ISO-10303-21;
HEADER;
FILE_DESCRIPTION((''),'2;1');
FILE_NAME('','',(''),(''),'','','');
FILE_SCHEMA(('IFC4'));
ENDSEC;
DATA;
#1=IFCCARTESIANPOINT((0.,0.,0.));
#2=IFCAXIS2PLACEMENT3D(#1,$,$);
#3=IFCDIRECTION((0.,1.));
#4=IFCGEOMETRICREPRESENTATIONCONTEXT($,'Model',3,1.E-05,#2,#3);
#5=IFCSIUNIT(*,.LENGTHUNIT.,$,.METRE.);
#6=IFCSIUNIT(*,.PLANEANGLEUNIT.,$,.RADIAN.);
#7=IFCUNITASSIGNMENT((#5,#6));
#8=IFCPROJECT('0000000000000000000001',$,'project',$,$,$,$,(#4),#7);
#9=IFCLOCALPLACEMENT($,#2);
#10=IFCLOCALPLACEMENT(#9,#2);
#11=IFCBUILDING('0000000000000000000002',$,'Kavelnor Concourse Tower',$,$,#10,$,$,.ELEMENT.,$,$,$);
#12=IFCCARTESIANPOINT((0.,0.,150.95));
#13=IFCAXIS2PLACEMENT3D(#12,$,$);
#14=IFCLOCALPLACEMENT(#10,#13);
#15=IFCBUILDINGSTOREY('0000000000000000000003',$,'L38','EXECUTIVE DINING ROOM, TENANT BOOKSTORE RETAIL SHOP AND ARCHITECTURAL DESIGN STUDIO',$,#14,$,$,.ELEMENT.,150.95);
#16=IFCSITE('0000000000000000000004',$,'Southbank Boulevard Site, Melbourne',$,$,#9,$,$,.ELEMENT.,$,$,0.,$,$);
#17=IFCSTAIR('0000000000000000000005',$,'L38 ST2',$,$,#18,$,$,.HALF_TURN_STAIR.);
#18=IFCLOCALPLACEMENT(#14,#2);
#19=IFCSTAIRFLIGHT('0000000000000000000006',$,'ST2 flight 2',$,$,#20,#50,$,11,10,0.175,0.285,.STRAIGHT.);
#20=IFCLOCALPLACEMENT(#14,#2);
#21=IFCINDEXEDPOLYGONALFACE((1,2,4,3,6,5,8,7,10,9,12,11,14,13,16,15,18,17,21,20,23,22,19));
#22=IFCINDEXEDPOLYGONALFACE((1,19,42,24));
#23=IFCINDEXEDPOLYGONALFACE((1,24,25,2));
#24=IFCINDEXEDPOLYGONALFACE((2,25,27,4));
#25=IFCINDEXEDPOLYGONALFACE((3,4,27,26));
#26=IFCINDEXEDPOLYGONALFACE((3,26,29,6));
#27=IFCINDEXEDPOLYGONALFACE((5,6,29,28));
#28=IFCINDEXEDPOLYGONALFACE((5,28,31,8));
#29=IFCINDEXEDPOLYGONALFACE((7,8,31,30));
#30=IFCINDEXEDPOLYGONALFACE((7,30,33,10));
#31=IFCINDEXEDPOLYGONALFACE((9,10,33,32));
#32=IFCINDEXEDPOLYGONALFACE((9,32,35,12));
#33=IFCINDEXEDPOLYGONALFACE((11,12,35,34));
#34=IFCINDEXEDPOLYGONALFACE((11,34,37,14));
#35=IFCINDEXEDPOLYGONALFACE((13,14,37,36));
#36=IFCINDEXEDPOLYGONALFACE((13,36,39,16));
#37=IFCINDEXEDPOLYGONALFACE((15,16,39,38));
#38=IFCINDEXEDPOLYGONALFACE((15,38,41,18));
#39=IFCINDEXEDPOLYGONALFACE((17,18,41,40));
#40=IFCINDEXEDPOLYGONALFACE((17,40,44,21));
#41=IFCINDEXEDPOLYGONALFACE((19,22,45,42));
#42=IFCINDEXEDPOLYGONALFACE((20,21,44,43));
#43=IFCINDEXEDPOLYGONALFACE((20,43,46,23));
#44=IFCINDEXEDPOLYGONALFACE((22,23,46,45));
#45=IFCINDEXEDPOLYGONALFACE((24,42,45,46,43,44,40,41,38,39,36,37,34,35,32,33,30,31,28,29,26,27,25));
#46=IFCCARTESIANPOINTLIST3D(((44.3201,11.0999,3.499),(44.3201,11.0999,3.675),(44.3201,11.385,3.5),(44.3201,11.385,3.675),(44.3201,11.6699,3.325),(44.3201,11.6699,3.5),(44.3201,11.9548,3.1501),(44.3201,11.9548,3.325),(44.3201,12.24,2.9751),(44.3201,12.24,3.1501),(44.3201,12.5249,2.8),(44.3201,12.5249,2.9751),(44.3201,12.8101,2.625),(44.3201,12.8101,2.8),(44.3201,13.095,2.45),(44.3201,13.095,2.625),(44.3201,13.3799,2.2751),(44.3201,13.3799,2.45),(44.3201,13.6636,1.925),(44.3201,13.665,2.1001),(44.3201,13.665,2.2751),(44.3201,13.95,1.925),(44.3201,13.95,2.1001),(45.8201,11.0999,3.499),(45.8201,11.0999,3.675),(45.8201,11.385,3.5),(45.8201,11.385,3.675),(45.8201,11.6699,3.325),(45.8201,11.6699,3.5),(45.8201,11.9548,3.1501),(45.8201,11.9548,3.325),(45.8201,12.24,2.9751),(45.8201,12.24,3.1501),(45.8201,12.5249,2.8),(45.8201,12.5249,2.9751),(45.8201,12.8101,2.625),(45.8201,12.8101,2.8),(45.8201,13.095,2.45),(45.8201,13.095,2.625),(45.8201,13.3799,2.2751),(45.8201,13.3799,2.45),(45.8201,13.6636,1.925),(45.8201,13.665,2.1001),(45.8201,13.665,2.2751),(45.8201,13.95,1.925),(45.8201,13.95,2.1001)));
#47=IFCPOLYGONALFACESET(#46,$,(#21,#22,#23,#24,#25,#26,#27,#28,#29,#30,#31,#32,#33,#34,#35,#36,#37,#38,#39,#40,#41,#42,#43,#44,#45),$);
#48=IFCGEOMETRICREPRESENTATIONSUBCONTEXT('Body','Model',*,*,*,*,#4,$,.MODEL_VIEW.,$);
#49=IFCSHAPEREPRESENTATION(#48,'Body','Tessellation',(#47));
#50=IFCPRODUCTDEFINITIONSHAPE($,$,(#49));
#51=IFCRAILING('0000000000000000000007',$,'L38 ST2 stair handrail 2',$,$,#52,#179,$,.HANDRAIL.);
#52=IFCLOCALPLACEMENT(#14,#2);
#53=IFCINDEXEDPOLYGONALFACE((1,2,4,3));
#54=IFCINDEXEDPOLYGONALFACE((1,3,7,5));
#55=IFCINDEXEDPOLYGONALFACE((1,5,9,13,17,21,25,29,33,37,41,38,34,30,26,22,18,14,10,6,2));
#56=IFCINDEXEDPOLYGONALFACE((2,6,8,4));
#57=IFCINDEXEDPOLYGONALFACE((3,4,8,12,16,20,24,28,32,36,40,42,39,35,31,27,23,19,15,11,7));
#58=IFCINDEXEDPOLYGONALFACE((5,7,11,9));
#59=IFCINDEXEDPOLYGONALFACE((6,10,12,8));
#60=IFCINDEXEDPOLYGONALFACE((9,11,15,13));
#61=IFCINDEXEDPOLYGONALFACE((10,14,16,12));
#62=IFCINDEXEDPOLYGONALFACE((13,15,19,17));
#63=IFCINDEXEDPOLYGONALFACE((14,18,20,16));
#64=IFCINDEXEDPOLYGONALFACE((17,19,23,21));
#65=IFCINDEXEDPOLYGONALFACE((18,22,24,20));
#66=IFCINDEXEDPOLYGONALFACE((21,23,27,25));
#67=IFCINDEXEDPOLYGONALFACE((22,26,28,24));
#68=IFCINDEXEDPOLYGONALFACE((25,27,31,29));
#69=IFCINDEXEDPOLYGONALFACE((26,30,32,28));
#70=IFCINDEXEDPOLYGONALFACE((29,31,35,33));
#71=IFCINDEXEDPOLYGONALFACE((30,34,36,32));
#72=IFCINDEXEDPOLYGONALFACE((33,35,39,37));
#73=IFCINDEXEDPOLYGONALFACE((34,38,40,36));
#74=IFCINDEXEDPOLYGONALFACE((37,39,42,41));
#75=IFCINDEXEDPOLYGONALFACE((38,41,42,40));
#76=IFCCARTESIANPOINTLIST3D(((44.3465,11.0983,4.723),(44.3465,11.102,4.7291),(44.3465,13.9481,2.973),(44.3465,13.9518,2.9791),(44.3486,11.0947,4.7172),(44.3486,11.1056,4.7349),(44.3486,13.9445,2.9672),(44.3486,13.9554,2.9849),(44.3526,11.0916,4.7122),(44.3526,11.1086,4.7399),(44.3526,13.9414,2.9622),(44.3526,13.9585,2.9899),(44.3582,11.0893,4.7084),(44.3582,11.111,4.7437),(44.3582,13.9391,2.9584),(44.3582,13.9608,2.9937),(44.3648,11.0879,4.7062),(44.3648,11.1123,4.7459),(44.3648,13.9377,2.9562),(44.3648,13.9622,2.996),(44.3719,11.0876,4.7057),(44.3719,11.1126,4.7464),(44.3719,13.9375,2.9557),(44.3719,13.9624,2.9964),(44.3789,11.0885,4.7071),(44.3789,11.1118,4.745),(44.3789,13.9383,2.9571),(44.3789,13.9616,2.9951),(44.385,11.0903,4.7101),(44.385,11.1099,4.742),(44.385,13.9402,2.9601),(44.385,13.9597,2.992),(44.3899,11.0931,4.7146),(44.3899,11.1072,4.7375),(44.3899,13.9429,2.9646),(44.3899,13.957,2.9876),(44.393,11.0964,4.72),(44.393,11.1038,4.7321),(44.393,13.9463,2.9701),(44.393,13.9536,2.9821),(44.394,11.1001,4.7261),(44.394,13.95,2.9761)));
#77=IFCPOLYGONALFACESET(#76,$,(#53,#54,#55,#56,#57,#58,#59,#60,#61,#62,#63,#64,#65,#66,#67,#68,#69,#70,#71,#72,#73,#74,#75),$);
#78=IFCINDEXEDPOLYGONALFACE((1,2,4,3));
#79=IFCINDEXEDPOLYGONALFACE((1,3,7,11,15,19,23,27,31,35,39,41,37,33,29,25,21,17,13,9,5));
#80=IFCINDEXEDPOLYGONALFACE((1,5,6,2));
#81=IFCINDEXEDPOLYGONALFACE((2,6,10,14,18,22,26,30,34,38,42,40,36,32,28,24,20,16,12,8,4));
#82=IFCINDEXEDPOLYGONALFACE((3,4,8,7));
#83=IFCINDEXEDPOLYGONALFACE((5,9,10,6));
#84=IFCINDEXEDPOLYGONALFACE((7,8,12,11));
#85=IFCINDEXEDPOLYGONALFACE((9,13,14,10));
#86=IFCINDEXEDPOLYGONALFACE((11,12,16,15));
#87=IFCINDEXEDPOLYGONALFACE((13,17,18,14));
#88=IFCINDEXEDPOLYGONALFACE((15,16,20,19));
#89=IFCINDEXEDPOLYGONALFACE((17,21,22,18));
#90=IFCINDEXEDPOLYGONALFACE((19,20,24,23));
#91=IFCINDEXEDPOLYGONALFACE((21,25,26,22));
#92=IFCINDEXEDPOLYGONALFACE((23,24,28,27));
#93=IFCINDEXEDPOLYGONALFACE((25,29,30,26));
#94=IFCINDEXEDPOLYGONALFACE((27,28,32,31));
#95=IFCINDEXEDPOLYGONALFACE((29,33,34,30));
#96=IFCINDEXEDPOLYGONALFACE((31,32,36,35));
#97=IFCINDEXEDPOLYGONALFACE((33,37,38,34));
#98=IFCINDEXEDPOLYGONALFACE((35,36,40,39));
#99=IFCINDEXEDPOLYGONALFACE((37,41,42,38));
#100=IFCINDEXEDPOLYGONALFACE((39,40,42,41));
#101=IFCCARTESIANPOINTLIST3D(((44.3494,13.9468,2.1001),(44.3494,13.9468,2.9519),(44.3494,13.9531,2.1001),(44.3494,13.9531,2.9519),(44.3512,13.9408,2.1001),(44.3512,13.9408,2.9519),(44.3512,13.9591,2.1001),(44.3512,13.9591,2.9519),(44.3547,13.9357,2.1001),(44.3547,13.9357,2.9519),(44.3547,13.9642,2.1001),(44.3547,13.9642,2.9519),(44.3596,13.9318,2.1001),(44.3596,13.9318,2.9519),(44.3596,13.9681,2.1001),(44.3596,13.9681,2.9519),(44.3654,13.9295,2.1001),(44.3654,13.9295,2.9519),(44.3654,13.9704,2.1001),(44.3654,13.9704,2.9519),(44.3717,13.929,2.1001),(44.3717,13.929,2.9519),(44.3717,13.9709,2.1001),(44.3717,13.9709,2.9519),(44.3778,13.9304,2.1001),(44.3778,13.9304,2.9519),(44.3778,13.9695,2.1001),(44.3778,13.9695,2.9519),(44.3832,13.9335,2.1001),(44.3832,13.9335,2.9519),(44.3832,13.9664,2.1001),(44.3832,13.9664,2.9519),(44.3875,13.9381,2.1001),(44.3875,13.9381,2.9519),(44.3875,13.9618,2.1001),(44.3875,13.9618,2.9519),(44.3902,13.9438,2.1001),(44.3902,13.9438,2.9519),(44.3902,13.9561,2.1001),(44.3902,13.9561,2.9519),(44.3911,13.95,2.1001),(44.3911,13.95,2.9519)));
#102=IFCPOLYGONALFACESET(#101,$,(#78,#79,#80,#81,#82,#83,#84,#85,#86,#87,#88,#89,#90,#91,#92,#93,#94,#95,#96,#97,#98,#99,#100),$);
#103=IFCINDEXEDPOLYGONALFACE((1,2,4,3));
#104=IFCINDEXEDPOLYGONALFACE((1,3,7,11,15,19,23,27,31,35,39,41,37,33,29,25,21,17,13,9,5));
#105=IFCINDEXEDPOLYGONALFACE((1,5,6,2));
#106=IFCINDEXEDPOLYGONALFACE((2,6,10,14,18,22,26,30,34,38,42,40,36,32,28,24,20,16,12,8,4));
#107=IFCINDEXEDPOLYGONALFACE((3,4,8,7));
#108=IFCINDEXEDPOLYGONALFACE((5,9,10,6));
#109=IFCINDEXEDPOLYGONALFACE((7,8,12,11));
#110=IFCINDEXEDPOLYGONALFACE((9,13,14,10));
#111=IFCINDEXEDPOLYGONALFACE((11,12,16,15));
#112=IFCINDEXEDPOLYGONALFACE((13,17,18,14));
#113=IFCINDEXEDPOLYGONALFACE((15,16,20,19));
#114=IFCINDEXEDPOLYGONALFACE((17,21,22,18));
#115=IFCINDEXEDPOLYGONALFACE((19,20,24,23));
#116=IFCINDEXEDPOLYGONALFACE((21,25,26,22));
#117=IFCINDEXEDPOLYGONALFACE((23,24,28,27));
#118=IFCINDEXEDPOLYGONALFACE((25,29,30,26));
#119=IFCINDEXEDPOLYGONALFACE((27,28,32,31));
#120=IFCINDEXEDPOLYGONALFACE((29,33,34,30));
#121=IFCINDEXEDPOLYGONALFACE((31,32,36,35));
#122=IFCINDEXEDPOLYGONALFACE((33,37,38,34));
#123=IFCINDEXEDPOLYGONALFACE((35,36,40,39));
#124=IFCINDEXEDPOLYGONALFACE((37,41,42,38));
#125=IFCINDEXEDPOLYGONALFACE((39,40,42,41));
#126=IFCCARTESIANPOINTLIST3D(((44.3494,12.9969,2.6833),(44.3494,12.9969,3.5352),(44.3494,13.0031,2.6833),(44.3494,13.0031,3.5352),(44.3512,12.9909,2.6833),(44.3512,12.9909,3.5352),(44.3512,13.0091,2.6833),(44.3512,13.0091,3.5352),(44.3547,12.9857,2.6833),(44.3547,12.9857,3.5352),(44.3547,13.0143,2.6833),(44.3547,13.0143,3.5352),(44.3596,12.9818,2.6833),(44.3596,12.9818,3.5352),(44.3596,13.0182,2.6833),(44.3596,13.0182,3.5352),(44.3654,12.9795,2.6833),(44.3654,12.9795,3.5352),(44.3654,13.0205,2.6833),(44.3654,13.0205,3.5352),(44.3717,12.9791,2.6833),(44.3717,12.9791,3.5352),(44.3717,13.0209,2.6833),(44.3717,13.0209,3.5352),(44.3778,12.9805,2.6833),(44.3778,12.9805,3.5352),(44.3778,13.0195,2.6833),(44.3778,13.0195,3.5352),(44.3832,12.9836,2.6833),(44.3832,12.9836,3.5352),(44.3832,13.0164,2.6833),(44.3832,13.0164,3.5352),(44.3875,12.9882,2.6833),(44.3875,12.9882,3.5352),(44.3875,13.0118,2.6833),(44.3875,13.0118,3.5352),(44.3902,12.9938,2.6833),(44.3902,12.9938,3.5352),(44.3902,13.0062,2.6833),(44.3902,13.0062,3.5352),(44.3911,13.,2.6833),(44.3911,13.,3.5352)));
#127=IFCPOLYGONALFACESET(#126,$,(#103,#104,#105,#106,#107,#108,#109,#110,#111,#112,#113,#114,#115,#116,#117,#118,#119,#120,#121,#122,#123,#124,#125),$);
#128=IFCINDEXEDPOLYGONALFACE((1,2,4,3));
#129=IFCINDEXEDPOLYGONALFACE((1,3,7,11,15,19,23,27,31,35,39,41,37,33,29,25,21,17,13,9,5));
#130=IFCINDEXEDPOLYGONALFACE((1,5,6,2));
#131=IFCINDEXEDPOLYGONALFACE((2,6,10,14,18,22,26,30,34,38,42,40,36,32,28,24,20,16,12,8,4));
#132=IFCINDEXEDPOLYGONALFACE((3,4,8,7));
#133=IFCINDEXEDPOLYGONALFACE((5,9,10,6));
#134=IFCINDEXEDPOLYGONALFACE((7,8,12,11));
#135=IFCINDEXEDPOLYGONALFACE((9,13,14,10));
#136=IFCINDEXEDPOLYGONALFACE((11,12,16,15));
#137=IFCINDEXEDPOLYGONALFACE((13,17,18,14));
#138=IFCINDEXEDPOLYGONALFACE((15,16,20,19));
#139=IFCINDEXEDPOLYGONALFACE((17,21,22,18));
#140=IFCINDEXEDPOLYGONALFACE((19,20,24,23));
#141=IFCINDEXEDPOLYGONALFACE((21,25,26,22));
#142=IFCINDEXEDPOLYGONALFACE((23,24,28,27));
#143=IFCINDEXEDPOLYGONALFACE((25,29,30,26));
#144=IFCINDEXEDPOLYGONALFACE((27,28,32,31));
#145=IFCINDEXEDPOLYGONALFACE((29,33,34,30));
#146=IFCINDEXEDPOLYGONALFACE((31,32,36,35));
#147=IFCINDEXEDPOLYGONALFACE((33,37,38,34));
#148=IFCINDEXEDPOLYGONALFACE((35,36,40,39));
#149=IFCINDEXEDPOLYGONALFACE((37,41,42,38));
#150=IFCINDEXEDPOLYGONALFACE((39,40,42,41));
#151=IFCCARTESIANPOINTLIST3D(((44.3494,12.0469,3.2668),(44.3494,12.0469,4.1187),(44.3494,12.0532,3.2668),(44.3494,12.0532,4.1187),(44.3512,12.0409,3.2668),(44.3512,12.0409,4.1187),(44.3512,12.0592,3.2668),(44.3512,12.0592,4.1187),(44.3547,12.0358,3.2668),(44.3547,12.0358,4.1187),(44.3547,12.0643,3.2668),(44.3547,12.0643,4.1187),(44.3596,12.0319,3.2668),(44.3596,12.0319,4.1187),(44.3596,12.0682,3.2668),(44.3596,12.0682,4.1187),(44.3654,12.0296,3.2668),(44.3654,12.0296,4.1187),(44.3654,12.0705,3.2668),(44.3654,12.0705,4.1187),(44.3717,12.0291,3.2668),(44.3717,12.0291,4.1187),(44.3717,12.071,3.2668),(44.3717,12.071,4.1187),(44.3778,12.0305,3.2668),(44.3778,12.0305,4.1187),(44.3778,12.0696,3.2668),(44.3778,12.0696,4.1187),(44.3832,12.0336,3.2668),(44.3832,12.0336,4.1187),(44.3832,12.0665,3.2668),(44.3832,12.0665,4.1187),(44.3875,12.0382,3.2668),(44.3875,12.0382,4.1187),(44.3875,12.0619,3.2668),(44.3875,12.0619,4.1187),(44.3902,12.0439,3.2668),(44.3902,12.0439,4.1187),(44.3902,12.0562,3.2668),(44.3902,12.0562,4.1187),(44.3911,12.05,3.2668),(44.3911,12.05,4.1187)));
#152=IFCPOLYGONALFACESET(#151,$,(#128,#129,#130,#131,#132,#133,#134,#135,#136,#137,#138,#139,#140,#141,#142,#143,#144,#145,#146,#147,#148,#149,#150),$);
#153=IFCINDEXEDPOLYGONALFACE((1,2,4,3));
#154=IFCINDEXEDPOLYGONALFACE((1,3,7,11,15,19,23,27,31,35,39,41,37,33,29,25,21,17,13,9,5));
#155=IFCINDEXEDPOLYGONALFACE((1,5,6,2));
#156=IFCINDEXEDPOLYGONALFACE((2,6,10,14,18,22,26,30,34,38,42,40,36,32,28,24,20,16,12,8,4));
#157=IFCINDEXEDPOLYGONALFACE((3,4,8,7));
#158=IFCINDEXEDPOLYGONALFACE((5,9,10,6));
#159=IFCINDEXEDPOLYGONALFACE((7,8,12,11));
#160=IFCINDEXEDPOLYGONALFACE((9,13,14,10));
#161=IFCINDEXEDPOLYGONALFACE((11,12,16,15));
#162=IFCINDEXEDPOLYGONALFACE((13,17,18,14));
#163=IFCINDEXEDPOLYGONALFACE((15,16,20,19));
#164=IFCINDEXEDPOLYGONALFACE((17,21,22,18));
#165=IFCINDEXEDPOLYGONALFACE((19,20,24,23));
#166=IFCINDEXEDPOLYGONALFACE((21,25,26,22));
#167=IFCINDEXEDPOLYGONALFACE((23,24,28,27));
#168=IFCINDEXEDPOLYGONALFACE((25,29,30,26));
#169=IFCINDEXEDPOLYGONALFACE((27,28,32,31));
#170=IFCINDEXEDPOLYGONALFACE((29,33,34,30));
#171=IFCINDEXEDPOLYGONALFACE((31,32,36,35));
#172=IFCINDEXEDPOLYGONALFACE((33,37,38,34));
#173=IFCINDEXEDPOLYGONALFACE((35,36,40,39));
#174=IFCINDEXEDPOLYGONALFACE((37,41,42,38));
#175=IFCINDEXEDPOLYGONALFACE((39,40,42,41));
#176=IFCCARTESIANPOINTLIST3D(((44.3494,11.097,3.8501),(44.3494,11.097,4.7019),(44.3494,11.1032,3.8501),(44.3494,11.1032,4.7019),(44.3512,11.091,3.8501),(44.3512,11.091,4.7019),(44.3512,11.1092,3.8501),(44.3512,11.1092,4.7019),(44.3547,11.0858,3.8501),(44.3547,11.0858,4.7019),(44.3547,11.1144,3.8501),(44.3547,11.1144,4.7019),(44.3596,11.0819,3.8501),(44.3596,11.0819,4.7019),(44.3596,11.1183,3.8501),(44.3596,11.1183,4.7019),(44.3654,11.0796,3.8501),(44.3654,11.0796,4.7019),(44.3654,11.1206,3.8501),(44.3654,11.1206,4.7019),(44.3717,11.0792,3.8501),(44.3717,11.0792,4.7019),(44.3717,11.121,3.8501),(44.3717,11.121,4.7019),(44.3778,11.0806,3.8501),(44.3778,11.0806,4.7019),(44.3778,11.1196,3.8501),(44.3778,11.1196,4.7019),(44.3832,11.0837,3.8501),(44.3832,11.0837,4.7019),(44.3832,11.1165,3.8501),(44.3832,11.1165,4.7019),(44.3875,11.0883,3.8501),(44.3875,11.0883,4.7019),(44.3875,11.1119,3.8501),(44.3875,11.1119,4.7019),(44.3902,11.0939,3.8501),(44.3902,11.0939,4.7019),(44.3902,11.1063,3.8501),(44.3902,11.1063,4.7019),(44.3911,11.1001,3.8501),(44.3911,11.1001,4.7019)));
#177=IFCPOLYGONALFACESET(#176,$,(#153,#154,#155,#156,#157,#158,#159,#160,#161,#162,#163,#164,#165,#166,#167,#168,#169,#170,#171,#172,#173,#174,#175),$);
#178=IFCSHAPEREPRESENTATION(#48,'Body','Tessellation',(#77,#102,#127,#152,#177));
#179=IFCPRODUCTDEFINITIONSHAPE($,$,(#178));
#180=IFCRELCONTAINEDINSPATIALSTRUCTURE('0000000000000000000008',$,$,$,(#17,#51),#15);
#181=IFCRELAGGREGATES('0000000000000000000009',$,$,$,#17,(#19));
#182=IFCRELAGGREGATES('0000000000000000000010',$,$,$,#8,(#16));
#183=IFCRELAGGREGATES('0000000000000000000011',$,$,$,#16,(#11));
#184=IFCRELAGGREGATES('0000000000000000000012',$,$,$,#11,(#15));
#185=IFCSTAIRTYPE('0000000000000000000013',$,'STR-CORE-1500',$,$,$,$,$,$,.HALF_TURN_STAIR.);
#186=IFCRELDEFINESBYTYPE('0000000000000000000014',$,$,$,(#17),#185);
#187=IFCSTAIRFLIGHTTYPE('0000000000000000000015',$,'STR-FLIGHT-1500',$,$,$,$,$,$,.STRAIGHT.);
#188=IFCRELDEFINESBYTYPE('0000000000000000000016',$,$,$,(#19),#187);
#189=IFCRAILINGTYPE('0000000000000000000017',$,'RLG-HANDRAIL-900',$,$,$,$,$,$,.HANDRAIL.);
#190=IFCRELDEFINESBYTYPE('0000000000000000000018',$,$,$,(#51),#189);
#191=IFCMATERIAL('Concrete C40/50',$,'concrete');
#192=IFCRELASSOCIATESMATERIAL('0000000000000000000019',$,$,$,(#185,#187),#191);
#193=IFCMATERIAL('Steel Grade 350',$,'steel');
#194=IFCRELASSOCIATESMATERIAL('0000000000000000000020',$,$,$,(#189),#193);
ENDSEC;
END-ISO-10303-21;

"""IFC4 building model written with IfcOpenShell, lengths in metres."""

from ifc_helpers import new_model, si_unit, direction, frame, origin, origin_2d, place, context, subcontext, project, spatial, polyline, circle, outline, extrude, material, type_object, element, aggregate, save


model = new_model("IFC4")

# Units and contexts
model_context = context("Model", 3, precision=1e-05, world=origin(), true_north=direction((0.0, 1.0)))
body_context = subcontext(model_context, "Body", "Model", "MODEL_VIEW")
ifc_project = project(units=[si_unit("LENGTHUNIT", "METRE"), si_unit("PLANEANGLEUNIT", "RADIAN")], contexts=[model_context])

# Site, building, storey
site_placement = place(None, origin())
site = spatial("IfcSite", under=ifc_project, at=site_placement, Name="Southbank Boulevard Site, Melbourne", CompositionType="ELEMENT", RefElevation=0.0)
building_placement = place(site_placement, origin())
building = spatial("IfcBuilding", under=site, at=building_placement, Name="Kavelnor Concourse Tower", CompositionType="ELEMENT")
storey_placement = place(building_placement, frame((0.0, 0.0, 150.95)))
storey = spatial("IfcBuildingStorey", under=building, at=storey_placement, Name="L38", Description="EXECUTIVE DINING ROOM, TENANT BOOKSTORE RETAIL SHOP AND ARCHITECTURAL DESIGN STUDIO", CompositionType="ELEMENT", Elevation=150.95)

# Shared definitions
ifc_material_1 = material(Name="Steel Grade 350", Category="steel")

# Stair, stair flight
ifc_material_2 = material(Name="Concrete C40/50", Category="concrete")
stair_type = type_object("IfcStairType", Name="STR-CORE-1500", PredefinedType="HALF_TURN_STAIR", material=ifc_material_2)
stair_placement = place(storey_placement, origin())
stair = element("IfcStair", 1, at=stair_placement, inside=storey, type_object=stair_type, Name="L38 ST2", PredefinedType="HALF_TURN_STAIR")
stair_flight_type = type_object("IfcStairFlightType", Name="STR-FLIGHT-1500", PredefinedType="STRAIGHT", material=ifc_material_2)
stair_flight_placement = place(storey_placement, frame((45.0701, 13.95, 1.925), z_axis=(0.0, 0.0, 1.0), x_axis=(0.0, -1.0, 0.0)))
stair_flight = element("IfcStairFlight", 2, at=stair_flight_placement, type_object=stair_flight_type, Name="ST2 flight 2", NumberOfRisers=11, NumberOfTreads=10, PredefinedType="STRAIGHT", RiserHeight=0.175, TreadLength=0.285, context=body_context, shape_type="SweptSolid", body=[
    extrude(outline(polyline([(0.0, 0.0), (0.0, 0.175), (0.2849, 0.175), (0.2849, 0.3501), (0.5701, 0.3501), (0.5701, 0.5249), (0.855, 0.5249), (0.855, 0.7), (1.1399, 0.7), (1.1399, 0.875), (1.425, 0.875), (1.425, 1.05), (1.71, 1.05), (1.71, 1.2251), (1.9951, 1.2251), (1.9951, 1.3999), (2.28, 1.3999), (2.28, 1.575), (2.5649, 1.575), (2.5649, 1.75), (2.8501, 1.75), (2.8501, 1.925), (2.8501, 1.574), (0.2864, 0.0), (0.0, 0.0)])), frame((0.0, 0.75, 0.0), z_axis=(0.0, -1.0, 0.0), x_axis=(1.0, 0.0, 0.0)), (0.0, 0.0, 1.0), 1.5),
])
aggregate(stair, [stair_flight])

# Railing
railing_type = type_object("IfcRailingType", Name="RLG-HANDRAIL-900", PredefinedType="HANDRAIL", material=ifc_material_1)
railing_placement = place(storey_placement, frame((44.3701, 13.95, 2.1001)))
element("IfcRailing", 3, at=railing_placement, inside=storey, type_object=railing_type, Name="L38 ST2 stair handrail 2", PredefinedType="HANDRAIL", context=body_context, shape_type="SweptSolid", body=[
    extrude(circle(Radius=0.0239, at=origin_2d()), frame((0.0, 0.0, 0.876), z_axis=(0.0, -0.852159, 0.523283), x_axis=(1.0, 0.0, 0.0)), (0.0, 0.0, 1.0), 3.3442),
    extrude(circle(Radius=0.021, at=origin_2d()), origin(), (0.0, 0.0, 1.0), 0.8518),
    extrude(circle(Radius=0.021, at=origin_2d()), frame((0.0, -0.95, 0.5833)), (0.0, 0.0, 1.0), 0.8518),
    extrude(circle(Radius=0.021, at=origin_2d()), frame((0.0, -1.8999, 1.1667)), (0.0, 0.0, 1.0), 0.8518),
    extrude(circle(Radius=0.021, at=origin_2d()), frame((0.0, -2.8499, 1.75)), (0.0, 0.0, 1.0), 0.8518),
])

save(model, "model.ifc")
